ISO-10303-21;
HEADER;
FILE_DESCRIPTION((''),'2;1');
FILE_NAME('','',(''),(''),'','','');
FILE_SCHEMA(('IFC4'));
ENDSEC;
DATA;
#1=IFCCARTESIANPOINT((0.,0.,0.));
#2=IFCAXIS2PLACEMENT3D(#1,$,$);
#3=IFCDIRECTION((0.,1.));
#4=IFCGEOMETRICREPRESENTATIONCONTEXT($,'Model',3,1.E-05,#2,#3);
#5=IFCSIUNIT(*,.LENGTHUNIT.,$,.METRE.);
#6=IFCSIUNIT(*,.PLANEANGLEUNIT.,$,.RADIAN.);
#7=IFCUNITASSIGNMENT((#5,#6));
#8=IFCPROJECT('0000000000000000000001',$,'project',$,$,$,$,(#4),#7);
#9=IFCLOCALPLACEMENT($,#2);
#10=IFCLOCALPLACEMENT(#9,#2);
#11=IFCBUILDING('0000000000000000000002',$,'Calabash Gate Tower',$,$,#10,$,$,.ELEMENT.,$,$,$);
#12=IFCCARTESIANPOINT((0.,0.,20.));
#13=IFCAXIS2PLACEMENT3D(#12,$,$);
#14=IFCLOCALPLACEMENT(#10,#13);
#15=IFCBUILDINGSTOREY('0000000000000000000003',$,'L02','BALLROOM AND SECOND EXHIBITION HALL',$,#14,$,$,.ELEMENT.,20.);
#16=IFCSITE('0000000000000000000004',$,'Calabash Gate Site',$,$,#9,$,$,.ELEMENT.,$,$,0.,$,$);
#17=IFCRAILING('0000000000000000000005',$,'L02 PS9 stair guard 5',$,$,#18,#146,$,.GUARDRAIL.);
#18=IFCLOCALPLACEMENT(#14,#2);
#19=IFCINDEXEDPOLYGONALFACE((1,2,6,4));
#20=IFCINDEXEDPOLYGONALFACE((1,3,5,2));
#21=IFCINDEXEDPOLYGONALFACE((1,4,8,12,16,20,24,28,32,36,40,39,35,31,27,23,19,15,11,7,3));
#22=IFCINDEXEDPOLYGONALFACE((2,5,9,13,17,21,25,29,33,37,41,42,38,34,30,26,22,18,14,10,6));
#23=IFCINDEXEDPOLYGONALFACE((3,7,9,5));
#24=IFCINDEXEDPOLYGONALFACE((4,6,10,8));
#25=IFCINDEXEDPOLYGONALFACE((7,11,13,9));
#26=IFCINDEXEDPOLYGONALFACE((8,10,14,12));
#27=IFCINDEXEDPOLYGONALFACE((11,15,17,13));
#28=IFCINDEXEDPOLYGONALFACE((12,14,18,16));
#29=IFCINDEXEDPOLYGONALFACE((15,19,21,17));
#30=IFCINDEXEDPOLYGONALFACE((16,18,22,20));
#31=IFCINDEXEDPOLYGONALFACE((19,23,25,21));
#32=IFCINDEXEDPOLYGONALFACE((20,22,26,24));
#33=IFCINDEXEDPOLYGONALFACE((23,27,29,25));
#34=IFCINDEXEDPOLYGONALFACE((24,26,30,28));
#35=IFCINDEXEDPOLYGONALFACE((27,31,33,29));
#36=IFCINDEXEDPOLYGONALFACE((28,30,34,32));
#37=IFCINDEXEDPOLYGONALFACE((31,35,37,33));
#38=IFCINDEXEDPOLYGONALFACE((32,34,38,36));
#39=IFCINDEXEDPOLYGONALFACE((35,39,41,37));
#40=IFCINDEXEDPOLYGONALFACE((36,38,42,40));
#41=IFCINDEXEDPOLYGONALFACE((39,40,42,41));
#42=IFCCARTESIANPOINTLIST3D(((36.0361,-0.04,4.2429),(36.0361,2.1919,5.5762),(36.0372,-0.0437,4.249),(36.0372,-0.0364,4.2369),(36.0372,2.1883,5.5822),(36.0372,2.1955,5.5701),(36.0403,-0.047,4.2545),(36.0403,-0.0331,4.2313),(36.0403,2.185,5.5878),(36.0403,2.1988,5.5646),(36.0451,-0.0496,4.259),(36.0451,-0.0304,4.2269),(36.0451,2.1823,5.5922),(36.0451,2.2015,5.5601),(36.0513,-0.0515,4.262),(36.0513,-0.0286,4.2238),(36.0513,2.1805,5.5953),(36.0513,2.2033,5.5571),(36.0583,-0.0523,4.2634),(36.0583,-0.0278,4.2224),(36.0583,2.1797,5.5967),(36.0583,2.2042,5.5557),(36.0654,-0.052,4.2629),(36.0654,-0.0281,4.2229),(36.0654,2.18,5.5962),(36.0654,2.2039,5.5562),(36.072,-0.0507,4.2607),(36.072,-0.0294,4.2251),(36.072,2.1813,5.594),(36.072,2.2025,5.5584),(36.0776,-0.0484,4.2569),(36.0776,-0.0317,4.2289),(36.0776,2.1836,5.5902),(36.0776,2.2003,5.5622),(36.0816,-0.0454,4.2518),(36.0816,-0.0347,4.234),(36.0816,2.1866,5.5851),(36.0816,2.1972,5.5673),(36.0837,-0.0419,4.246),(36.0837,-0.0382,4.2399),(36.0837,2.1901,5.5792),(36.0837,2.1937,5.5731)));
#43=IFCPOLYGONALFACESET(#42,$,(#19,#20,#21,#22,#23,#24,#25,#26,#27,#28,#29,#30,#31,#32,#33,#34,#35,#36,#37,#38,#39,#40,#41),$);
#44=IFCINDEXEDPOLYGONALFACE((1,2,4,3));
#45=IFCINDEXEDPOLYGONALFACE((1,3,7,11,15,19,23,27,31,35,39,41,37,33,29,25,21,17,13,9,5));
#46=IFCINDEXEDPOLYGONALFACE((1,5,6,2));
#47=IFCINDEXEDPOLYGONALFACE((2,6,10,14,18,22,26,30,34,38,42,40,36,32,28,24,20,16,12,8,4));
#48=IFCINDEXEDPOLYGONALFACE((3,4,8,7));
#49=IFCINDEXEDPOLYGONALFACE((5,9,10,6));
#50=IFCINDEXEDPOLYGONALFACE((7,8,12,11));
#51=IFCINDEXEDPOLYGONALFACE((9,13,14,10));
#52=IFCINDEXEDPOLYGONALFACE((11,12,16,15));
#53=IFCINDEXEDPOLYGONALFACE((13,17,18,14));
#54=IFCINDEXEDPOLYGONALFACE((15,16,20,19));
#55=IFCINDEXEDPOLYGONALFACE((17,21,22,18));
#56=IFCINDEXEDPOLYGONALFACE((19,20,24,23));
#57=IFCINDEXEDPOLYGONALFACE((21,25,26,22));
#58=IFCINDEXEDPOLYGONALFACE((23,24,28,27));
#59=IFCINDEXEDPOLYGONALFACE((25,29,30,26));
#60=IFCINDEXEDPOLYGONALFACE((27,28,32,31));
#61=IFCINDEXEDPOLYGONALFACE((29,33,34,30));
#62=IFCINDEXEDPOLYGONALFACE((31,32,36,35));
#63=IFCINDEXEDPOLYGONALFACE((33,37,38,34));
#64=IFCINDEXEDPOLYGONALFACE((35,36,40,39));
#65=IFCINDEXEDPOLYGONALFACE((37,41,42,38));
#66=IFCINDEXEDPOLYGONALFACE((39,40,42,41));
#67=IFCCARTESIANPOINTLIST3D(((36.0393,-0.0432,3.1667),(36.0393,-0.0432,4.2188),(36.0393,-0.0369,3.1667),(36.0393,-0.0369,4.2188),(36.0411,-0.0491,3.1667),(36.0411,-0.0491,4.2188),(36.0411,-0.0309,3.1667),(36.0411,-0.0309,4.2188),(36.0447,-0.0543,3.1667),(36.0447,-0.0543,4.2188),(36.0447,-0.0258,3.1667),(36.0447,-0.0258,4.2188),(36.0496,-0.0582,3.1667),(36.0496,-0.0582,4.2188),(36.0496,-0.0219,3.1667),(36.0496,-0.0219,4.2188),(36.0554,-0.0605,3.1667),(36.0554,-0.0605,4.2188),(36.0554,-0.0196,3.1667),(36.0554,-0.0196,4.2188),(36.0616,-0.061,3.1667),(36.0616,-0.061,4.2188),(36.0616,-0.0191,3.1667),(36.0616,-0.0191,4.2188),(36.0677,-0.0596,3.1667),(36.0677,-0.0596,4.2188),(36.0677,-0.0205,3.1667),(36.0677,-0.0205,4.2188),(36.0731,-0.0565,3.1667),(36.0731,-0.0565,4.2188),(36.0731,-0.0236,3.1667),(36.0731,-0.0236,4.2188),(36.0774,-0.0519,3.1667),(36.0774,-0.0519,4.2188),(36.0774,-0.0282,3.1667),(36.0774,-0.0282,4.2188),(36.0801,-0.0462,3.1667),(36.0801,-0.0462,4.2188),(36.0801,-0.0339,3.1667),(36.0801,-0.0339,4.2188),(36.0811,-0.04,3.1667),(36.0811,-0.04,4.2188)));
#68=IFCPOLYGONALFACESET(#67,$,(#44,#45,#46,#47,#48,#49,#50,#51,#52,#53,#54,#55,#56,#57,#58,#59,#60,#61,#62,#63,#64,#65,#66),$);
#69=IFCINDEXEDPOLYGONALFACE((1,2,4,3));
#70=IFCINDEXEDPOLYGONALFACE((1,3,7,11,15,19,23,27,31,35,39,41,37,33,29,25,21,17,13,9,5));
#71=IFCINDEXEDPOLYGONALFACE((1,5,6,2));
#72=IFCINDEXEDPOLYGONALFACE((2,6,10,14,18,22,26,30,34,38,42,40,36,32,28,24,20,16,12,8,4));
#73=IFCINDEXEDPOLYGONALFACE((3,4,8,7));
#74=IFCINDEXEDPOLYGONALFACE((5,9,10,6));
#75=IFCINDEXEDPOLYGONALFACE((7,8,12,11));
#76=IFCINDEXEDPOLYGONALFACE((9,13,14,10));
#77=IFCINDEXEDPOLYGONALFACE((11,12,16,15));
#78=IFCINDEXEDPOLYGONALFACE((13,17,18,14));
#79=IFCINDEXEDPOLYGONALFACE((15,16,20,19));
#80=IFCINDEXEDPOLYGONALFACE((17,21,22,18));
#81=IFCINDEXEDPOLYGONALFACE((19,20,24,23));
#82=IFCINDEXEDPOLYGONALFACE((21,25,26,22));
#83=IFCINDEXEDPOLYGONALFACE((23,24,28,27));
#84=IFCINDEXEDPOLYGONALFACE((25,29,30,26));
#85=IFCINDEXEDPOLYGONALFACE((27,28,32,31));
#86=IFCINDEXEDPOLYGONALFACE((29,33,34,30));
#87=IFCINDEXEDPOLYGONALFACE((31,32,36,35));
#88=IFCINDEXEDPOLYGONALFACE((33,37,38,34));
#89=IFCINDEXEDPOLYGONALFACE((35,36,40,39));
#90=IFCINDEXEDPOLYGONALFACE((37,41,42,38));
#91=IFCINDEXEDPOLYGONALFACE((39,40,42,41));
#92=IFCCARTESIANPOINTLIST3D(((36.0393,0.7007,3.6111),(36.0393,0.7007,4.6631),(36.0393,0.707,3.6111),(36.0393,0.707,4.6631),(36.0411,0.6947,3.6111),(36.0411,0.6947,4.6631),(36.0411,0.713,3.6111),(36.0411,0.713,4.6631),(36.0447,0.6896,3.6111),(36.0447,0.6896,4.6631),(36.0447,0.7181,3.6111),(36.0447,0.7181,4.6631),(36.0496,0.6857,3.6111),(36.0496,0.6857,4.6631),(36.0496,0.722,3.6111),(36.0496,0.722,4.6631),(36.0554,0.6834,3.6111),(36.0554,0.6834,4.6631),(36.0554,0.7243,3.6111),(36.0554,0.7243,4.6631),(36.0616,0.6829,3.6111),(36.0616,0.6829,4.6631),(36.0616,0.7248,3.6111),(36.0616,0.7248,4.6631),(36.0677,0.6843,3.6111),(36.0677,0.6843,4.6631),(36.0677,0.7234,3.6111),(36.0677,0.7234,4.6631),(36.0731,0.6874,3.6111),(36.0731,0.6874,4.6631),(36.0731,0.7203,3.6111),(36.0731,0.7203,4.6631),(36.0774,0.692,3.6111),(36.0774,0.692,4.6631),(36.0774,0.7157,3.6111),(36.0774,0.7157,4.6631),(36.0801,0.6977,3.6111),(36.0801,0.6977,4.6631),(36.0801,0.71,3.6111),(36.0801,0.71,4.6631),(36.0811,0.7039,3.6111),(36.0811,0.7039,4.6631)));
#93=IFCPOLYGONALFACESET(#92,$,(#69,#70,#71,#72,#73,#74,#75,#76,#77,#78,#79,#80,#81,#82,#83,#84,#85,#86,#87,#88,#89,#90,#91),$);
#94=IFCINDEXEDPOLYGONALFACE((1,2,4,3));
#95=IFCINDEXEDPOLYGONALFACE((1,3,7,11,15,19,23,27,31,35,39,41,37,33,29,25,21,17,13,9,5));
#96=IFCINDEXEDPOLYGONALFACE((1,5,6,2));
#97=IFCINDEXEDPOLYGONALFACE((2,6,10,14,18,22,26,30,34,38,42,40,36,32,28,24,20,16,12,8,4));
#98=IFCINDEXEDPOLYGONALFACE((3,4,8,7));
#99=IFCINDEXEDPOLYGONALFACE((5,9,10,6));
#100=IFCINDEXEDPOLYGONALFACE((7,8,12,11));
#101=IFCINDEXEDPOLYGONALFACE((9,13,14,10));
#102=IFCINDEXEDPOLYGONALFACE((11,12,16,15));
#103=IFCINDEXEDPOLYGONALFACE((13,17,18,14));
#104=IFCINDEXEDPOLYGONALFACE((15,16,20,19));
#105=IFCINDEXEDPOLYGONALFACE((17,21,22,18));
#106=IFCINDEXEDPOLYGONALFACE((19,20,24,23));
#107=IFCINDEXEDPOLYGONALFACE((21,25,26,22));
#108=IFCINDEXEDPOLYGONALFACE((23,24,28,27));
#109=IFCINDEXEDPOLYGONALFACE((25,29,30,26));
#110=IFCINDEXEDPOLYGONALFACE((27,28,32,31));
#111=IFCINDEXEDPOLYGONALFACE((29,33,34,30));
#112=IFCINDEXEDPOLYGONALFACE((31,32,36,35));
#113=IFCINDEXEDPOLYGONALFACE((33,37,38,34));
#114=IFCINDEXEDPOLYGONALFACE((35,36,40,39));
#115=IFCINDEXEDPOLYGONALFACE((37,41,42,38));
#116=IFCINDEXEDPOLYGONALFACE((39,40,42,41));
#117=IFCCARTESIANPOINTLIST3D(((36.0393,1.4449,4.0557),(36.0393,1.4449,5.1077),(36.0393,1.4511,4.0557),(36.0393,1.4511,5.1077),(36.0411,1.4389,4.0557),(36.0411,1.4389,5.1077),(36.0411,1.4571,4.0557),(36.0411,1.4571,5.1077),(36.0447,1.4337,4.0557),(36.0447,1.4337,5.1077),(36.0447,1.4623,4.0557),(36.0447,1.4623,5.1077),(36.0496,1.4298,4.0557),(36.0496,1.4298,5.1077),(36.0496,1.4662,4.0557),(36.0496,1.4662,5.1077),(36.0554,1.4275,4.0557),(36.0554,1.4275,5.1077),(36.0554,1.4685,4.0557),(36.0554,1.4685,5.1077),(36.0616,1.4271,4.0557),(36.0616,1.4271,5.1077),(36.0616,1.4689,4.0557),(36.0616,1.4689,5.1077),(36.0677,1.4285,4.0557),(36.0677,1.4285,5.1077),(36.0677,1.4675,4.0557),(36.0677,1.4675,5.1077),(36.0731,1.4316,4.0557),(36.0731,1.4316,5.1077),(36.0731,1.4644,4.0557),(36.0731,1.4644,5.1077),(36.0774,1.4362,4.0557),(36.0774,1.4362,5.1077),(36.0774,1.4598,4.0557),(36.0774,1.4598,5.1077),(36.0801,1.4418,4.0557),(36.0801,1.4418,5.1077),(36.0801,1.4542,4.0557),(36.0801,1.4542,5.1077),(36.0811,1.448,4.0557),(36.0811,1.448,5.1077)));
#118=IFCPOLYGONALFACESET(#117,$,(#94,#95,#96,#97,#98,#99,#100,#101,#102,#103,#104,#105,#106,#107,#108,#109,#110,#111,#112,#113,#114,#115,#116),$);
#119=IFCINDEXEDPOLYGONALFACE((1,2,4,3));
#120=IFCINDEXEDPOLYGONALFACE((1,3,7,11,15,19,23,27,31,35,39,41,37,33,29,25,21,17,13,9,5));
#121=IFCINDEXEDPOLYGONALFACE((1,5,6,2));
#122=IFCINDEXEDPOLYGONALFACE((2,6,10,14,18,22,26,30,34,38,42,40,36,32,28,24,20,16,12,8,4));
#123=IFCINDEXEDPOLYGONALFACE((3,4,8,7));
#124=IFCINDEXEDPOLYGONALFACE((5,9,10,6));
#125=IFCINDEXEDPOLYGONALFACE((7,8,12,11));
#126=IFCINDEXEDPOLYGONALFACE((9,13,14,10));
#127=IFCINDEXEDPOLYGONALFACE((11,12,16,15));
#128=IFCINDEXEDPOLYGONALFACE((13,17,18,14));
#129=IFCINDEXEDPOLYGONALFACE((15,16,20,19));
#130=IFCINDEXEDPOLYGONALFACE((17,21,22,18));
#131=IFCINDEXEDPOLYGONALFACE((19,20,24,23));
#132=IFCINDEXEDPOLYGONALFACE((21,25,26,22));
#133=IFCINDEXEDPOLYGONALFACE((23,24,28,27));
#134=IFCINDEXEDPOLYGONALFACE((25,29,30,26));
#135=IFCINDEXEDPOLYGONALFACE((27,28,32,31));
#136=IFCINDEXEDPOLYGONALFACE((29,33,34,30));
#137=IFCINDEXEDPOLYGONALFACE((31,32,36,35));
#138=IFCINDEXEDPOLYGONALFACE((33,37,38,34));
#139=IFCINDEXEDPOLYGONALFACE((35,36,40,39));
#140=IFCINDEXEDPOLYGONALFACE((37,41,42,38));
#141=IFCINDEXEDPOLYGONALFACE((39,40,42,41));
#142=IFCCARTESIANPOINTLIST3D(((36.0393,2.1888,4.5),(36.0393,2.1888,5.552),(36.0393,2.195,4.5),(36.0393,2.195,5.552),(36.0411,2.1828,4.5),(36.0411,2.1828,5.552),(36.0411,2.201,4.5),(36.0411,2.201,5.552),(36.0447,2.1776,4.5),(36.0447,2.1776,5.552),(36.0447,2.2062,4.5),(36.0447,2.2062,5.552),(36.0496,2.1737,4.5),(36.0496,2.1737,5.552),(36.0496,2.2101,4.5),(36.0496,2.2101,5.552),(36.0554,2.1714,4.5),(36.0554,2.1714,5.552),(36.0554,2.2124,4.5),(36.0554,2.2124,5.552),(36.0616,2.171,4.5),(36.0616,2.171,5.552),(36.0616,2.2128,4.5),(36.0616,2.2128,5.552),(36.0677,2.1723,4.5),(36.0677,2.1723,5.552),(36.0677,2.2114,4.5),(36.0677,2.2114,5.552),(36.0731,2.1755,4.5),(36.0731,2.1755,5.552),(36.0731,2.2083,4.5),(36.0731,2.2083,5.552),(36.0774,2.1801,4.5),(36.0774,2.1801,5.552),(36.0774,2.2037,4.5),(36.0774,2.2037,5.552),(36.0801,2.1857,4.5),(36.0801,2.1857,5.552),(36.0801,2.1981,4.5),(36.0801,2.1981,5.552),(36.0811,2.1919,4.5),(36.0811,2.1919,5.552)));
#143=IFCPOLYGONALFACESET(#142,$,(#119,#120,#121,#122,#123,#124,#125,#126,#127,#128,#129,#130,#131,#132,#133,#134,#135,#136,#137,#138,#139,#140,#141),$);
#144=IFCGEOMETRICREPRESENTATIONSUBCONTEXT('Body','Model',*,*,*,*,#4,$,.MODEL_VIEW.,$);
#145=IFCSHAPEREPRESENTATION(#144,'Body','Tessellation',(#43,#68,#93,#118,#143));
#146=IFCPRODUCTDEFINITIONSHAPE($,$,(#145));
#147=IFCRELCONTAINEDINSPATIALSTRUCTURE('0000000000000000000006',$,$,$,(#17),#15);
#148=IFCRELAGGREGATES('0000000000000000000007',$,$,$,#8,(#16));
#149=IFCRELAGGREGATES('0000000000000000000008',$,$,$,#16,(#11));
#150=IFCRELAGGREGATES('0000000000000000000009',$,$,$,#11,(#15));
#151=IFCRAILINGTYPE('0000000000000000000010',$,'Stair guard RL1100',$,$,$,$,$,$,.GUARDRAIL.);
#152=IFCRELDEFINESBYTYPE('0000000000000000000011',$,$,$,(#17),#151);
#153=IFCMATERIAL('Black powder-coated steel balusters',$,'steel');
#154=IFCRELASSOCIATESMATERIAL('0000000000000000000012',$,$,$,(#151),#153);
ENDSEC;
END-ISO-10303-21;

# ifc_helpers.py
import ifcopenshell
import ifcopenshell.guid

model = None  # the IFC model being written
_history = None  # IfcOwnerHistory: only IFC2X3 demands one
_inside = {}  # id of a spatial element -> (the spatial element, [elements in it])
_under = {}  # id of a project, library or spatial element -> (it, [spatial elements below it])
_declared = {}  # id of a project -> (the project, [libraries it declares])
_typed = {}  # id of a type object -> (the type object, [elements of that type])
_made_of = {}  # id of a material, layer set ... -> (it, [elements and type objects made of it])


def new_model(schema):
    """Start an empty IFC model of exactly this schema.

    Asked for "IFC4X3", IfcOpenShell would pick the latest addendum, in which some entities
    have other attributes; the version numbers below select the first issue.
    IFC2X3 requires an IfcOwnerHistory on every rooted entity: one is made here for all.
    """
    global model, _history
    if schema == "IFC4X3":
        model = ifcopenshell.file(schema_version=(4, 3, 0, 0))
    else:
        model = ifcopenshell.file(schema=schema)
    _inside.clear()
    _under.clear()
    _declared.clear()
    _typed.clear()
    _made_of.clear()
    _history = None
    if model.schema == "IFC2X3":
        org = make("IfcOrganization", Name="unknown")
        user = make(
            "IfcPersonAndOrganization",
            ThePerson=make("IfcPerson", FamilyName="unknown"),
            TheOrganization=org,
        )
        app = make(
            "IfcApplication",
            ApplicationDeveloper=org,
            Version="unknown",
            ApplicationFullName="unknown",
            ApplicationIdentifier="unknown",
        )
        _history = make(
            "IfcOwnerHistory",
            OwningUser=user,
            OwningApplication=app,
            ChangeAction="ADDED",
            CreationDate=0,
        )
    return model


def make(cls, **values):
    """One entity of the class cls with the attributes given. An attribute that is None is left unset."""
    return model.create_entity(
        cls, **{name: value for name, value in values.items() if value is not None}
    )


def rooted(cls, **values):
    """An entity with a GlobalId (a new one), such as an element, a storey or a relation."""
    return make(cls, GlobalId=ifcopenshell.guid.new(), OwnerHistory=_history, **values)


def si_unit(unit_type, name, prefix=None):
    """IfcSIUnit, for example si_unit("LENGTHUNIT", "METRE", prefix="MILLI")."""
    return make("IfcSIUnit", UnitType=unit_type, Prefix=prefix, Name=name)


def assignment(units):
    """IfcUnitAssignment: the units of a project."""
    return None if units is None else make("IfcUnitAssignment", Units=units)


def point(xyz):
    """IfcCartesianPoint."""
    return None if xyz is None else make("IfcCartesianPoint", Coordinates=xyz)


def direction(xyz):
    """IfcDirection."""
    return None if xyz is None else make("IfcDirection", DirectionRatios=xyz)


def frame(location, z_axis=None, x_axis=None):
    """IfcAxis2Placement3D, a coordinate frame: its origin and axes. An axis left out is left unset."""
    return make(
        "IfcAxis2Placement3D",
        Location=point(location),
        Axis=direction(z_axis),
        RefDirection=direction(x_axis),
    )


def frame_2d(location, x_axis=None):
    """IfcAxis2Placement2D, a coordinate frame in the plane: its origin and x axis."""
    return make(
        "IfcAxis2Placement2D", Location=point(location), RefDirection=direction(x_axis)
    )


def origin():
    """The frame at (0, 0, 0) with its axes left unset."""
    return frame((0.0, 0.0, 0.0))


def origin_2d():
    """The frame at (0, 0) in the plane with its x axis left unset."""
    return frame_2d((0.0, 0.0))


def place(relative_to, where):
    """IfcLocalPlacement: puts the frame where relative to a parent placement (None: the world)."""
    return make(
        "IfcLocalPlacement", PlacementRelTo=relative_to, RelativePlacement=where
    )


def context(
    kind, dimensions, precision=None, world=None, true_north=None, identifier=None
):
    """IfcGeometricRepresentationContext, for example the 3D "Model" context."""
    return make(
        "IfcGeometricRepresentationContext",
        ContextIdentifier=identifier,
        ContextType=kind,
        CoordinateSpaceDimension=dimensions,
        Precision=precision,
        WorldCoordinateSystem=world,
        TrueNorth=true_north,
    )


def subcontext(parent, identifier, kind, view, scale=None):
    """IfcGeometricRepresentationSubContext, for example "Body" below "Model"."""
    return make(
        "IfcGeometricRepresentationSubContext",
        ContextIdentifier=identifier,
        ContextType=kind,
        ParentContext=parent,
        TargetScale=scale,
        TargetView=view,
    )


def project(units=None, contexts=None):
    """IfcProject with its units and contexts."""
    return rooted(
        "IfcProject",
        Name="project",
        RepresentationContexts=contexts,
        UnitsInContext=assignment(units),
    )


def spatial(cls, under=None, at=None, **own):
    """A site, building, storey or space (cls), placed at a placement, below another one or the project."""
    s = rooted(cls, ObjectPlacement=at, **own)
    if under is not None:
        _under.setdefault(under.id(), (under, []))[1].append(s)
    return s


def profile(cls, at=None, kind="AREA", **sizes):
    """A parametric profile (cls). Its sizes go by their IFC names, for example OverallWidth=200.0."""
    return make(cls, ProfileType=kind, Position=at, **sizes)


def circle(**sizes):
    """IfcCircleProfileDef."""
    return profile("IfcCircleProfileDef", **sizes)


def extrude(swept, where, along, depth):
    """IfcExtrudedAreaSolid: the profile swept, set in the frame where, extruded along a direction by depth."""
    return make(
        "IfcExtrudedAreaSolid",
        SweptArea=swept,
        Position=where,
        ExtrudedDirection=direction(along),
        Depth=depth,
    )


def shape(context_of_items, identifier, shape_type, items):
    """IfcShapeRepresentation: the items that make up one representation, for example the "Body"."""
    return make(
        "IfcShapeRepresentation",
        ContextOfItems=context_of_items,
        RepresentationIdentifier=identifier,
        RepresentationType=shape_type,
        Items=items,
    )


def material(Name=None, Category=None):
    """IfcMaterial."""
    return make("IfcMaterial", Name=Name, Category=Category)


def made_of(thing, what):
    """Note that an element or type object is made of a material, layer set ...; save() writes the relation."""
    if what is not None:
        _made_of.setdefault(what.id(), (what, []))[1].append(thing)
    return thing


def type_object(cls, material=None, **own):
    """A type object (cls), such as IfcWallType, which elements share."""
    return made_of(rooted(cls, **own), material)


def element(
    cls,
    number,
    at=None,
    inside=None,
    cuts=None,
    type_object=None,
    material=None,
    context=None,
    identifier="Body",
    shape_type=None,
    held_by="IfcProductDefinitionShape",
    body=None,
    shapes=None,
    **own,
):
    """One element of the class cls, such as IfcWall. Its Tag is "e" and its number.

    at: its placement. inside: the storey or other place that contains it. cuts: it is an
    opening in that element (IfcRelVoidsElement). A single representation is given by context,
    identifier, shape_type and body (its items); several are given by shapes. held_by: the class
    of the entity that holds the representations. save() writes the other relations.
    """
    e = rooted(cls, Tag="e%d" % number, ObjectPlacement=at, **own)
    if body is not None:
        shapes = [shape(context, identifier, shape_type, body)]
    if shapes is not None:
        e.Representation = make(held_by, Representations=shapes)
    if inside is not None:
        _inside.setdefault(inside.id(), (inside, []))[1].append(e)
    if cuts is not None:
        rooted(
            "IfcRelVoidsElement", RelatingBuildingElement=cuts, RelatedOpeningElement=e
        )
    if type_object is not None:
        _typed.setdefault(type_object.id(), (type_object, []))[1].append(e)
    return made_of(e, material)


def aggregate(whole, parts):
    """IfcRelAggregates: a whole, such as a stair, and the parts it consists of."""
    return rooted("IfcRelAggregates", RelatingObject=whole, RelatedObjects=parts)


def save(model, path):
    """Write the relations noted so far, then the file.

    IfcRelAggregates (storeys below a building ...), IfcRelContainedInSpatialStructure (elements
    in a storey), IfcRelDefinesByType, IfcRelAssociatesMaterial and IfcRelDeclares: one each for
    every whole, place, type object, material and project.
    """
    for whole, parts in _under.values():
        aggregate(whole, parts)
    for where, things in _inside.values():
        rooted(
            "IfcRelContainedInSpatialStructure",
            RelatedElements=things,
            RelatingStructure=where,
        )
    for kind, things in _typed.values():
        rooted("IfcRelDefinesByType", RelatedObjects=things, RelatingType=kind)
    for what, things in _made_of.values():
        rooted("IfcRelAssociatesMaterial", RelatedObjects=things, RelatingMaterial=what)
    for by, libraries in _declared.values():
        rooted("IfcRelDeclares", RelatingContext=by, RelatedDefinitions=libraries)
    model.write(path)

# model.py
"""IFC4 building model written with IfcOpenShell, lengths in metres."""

from ifc_helpers import new_model, si_unit, direction, frame, origin, origin_2d, place, context, subcontext, project, spatial, circle, extrude, material, type_object, element, save


model = new_model("IFC4")

# Units and contexts
model_context = context("Model", 3, precision=1e-05, world=origin(), true_north=direction((0.0, 1.0)))
body_context = subcontext(model_context, "Body", "Model", "MODEL_VIEW")
ifc_project = project(units=[si_unit("LENGTHUNIT", "METRE"), si_unit("PLANEANGLEUNIT", "RADIAN")], contexts=[model_context])

# Site, building, storey
site_placement = place(None, origin())
site = spatial("IfcSite", under=ifc_project, at=site_placement, Name="Calabash Gate Site", CompositionType="ELEMENT", RefElevation=0.0)
building_placement = place(site_placement, origin())
building = spatial("IfcBuilding", under=site, at=building_placement, Name="Calabash Gate Tower", CompositionType="ELEMENT")
storey_placement = place(building_placement, frame((0.0, 0.0, 20.0)))
storey = spatial("IfcBuildingStorey", under=building, at=storey_placement, Name="L02", Description="BALLROOM AND SECOND EXHIBITION HALL", CompositionType="ELEMENT", Elevation=20.0)

# Railing
ifc_material_1 = material(Name="Black powder-coated steel balusters", Category="steel")
railing_type_1 = type_object("IfcRailingType", Name="Stair guard RL1100", PredefinedType="GUARDRAIL", material=ifc_material_1)
railing_1_placement = place(storey_placement, frame((36.0601, -0.04, 3.1667)))
element("IfcRailing", 1, at=railing_1_placement, inside=storey, type_object=railing_type_1, Name="L02 PS9 stair guard 5", PredefinedType="GUARDRAIL", context=body_context, shape_type="SweptSolid", body=[
    extrude(circle(Radius=0.0239, at=origin_2d()), frame((0.0, 0.0, 1.0762), z_axis=(0.0, 0.858494, 0.512824), x_axis=(-1.0, 0.0, 0.0)), (0.0, 0.0, 1.0), 2.5999),
    extrude(circle(Radius=0.021, at=origin_2d()), origin(), (0.0, 0.0, 1.0), 1.052),
    extrude(circle(Radius=0.021, at=origin_2d()), frame((0.0, 0.7439, 0.4443)), (0.0, 0.0, 1.0), 1.052),
    extrude(circle(Radius=0.021, at=origin_2d()), frame((0.0, 1.488, 0.8889)), (0.0, 0.0, 1.0), 1.052),
    extrude(circle(Radius=0.021, at=origin_2d()), frame((0.0, 2.2319, 1.3333)), (0.0, 0.0, 1.0), 1.052),
])

save(model, "model.ifc")
